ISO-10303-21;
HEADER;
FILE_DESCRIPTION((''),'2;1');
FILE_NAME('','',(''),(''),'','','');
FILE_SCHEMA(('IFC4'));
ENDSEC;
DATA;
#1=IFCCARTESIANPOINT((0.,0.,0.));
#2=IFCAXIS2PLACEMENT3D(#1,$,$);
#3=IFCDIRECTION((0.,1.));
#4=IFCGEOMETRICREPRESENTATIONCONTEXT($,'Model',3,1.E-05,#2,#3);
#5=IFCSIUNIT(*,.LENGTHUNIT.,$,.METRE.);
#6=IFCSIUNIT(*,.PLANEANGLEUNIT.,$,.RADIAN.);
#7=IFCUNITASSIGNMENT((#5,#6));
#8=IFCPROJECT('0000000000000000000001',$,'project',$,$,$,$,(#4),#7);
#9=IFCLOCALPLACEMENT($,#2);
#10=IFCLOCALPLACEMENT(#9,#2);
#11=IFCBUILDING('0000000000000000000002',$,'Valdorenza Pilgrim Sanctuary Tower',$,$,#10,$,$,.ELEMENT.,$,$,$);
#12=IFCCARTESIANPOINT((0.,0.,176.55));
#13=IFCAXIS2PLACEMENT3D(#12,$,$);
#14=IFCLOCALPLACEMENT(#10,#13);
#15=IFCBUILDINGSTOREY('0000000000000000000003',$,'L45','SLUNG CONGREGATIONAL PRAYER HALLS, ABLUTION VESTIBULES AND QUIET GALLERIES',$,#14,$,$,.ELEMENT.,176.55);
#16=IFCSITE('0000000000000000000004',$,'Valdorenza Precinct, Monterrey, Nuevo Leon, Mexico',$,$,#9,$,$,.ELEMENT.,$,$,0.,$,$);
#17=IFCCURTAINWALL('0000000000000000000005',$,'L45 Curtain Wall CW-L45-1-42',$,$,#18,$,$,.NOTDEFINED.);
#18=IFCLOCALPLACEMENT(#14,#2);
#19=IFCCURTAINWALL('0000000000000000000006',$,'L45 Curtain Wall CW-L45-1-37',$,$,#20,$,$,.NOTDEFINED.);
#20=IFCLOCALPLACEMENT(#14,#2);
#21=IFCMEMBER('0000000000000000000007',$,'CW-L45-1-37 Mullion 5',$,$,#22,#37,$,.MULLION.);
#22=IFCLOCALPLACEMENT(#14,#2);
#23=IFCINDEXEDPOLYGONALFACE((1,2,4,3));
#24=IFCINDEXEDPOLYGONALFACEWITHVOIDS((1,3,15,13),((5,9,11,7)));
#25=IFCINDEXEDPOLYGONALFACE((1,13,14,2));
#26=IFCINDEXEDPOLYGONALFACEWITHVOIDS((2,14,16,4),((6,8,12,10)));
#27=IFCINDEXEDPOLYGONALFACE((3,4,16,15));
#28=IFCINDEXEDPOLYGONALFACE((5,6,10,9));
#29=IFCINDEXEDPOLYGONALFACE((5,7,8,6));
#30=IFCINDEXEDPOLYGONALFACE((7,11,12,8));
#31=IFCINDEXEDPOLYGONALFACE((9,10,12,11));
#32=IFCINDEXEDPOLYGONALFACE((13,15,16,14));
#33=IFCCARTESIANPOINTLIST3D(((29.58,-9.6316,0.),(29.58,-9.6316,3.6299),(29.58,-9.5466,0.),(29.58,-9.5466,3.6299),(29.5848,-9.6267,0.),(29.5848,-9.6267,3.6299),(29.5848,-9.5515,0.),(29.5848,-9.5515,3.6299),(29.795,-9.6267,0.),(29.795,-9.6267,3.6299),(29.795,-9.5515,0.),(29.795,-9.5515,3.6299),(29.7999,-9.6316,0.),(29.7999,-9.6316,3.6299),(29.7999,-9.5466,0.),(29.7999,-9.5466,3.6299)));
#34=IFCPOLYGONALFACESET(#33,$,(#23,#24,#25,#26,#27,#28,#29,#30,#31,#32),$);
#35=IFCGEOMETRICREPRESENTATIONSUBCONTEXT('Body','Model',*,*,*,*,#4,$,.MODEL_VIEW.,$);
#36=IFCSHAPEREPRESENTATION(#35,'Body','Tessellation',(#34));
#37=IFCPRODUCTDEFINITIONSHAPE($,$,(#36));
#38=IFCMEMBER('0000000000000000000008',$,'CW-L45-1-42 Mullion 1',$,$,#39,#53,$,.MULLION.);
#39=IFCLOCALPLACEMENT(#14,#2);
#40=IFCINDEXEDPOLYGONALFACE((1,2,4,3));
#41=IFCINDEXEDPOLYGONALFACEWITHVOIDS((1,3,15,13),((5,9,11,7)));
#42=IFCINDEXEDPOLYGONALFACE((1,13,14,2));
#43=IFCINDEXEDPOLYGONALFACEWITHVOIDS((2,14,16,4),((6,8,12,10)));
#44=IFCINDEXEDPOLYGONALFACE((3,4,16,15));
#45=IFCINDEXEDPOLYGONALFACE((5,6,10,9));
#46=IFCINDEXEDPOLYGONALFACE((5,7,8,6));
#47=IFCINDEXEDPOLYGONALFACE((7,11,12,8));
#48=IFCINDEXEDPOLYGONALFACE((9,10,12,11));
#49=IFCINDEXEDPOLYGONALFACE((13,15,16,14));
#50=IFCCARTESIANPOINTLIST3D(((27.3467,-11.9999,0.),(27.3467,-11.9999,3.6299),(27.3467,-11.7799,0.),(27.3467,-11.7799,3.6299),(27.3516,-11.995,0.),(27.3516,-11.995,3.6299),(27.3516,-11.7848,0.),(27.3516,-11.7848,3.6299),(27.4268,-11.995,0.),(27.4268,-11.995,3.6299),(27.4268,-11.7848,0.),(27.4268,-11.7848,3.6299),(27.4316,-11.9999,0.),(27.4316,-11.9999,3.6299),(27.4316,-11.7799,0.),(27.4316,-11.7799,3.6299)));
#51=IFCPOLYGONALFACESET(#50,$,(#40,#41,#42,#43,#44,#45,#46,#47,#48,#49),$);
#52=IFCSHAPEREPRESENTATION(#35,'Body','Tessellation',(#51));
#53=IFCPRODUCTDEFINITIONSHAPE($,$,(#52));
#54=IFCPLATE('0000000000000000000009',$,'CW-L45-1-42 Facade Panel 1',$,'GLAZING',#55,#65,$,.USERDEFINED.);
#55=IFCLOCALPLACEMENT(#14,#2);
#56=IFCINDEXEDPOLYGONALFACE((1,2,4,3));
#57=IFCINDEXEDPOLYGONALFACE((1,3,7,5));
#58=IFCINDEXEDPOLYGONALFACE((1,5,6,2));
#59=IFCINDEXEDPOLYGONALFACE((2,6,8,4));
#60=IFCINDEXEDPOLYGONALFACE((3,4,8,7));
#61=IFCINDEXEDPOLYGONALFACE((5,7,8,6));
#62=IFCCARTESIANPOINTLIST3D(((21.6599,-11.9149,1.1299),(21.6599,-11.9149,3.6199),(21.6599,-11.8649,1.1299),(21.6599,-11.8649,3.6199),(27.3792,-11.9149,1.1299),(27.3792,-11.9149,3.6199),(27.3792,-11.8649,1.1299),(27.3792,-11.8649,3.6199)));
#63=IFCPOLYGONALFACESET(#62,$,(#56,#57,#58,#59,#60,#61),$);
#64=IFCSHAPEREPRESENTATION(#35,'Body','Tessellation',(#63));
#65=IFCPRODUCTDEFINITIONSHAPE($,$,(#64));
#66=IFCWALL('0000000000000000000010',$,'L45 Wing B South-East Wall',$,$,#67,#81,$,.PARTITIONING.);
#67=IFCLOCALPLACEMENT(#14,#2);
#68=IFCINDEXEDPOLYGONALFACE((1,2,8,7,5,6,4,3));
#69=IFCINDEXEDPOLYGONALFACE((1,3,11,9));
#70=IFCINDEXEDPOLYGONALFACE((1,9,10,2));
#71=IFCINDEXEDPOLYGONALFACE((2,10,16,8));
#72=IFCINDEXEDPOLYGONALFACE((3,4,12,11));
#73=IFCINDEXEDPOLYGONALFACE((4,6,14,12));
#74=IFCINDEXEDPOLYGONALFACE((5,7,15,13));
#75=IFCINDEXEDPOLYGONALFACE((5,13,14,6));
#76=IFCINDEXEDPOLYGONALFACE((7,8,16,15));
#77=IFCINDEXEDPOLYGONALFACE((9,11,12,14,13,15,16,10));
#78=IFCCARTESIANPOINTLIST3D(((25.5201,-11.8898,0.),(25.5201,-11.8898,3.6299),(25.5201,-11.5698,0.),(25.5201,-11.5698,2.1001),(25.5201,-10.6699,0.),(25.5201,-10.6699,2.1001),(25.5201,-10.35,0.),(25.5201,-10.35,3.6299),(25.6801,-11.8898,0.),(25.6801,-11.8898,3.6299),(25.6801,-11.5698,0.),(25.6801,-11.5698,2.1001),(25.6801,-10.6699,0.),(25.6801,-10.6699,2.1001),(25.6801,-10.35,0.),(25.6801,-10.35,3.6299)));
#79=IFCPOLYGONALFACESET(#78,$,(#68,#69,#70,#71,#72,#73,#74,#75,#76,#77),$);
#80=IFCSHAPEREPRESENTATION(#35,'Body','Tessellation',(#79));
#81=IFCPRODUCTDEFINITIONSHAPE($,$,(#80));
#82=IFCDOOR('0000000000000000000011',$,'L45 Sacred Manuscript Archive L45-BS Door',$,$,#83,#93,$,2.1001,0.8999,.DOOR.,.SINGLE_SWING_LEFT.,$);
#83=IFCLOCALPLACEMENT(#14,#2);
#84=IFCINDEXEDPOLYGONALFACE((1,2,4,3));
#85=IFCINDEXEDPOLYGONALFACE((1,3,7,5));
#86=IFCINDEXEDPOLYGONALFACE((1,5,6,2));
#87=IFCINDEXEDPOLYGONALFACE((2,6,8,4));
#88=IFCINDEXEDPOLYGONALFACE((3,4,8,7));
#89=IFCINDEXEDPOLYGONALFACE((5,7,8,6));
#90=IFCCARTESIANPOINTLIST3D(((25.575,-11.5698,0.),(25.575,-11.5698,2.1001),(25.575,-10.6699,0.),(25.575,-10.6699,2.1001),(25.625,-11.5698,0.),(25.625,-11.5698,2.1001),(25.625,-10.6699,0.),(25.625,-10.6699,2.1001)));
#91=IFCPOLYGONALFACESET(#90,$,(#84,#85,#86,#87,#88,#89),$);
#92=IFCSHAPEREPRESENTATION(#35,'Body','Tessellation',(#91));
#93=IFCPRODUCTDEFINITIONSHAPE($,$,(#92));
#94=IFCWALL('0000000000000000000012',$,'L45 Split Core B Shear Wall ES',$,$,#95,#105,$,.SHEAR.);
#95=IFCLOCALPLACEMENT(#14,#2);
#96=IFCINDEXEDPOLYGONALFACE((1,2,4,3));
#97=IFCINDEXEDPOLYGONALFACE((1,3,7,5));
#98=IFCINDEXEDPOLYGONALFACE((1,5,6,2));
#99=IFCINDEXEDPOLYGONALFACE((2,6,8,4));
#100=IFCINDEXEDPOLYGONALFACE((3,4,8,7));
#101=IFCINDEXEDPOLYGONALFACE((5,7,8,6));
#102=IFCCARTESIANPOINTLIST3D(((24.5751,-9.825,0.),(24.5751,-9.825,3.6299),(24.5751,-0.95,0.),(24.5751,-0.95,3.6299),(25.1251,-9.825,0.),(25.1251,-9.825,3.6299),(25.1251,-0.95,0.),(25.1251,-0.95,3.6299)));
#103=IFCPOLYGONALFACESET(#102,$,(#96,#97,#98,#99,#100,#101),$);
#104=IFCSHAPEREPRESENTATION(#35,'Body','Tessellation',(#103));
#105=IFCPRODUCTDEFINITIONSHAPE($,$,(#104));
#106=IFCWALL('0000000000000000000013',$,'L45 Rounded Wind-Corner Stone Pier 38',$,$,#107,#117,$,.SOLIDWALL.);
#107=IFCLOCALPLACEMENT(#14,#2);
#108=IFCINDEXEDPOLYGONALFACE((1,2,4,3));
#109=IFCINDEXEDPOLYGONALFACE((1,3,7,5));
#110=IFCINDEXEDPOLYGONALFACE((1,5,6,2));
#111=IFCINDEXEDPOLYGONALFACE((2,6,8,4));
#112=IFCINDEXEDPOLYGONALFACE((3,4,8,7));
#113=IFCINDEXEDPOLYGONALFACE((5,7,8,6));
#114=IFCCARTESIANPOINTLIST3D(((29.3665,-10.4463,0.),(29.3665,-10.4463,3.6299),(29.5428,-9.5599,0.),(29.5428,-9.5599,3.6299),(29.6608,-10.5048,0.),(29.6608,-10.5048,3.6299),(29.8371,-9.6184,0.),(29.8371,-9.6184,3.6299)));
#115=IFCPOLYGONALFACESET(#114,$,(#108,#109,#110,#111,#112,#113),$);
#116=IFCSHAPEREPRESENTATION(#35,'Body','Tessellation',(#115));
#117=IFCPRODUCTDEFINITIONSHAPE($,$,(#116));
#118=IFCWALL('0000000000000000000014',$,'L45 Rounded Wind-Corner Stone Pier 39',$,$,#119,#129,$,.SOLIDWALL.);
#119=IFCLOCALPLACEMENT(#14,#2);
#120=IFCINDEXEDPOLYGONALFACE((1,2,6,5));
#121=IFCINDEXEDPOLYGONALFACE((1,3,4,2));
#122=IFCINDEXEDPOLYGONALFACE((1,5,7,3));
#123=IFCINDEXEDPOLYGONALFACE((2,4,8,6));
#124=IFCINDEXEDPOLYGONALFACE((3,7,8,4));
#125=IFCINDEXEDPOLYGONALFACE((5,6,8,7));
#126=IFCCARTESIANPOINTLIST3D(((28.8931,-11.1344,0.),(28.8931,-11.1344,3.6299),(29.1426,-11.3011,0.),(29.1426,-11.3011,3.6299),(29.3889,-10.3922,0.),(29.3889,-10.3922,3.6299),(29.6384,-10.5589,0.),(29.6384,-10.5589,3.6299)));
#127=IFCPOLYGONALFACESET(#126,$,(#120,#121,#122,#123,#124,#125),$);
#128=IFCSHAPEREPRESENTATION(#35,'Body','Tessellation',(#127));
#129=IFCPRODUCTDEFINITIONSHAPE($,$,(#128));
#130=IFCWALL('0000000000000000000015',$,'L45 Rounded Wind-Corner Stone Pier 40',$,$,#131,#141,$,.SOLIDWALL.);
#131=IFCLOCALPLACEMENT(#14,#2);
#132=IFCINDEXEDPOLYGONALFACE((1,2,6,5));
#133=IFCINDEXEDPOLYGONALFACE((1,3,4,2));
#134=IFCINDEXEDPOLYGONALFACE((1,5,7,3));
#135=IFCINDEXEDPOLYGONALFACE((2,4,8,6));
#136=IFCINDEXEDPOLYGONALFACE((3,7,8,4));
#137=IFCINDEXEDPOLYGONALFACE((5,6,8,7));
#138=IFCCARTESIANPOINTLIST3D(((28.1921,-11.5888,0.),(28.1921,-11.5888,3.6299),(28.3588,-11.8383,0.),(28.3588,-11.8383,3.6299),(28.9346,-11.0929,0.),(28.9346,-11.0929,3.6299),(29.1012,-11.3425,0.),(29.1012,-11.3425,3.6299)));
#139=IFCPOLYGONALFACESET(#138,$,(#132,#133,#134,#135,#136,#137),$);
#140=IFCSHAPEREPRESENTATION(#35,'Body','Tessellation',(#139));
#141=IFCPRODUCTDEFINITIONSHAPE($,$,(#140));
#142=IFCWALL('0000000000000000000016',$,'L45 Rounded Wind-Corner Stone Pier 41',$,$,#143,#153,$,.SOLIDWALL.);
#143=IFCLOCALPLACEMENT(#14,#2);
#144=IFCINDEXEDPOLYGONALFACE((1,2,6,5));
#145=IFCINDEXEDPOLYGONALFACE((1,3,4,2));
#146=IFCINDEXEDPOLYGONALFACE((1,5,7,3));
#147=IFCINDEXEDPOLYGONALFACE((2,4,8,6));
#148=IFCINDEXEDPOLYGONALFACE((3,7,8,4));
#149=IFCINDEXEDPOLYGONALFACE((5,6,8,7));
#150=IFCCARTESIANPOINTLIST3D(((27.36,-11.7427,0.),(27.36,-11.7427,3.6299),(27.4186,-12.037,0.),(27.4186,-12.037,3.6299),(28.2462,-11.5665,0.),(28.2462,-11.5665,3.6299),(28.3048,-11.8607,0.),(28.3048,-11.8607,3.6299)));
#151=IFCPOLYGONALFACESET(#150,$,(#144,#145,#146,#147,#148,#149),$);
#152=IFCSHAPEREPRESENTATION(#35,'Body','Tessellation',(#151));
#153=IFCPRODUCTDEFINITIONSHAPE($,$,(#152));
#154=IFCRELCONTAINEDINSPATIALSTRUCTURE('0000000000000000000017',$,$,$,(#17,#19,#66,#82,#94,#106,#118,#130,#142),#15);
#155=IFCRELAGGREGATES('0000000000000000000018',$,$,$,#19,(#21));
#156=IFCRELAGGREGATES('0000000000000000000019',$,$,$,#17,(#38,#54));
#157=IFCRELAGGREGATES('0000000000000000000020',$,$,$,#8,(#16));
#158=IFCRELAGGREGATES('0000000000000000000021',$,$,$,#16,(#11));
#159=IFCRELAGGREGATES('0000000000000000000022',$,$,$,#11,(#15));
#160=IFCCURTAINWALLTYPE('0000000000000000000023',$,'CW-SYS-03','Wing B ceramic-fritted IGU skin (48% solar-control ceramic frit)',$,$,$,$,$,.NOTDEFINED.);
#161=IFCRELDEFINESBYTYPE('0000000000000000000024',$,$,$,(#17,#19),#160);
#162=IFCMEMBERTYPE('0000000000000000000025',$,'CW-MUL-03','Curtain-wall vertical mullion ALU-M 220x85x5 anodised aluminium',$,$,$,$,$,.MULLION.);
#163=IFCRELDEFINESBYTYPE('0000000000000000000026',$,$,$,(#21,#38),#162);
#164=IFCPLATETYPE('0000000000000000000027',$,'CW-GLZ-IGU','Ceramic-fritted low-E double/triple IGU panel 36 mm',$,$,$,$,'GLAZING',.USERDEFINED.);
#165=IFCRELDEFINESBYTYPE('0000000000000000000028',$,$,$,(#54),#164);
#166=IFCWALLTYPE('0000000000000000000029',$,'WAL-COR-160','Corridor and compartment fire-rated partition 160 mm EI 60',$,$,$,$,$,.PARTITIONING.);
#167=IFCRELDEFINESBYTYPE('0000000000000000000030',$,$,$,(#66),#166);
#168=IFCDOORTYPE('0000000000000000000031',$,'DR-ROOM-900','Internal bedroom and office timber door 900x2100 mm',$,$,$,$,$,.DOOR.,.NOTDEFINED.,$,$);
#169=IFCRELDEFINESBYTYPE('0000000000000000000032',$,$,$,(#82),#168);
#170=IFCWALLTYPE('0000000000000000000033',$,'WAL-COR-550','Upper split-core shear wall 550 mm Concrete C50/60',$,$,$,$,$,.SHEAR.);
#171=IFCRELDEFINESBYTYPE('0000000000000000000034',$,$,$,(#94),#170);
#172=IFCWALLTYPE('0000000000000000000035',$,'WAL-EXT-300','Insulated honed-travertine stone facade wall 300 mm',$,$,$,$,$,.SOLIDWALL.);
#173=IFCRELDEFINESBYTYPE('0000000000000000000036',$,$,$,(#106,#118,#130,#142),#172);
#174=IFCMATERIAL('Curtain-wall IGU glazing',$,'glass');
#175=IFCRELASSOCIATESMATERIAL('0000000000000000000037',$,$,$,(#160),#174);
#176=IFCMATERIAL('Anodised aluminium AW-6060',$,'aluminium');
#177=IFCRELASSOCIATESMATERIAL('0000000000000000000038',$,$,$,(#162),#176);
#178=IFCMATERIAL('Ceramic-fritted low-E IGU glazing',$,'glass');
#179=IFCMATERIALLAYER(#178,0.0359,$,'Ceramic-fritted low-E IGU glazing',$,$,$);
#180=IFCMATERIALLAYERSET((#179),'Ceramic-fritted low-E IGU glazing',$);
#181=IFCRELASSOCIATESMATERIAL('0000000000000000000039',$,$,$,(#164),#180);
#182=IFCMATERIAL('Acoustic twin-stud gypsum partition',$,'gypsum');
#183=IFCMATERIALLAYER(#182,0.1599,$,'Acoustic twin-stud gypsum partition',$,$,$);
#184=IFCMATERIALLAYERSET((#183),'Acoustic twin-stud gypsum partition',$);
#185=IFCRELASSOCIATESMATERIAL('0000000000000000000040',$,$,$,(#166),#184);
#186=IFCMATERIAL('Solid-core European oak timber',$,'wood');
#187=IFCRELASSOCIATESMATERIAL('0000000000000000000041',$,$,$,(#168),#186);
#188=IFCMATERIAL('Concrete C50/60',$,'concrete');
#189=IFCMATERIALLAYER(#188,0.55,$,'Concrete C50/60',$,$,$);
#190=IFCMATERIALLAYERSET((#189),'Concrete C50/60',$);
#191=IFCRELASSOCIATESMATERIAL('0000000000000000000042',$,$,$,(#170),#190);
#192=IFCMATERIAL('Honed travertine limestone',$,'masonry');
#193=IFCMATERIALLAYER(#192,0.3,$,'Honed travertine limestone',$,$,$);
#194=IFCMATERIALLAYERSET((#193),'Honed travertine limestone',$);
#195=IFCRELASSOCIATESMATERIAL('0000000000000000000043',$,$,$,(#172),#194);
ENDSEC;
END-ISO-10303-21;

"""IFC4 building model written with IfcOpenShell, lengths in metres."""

from ifc_helpers import new_model, si_unit, direction, frame, frame_2d, origin, origin_2d, place, context, subcontext, project, spatial, rectangle, hollow_rectangle, extrude, source, transform, mapped, material, layer, layer_set, material_profile, profile_set, type_object, element, fill, aggregate, save


model = new_model("IFC4")

# Units and contexts
model_context = context("Model", 3, precision=1e-05, world=origin(), true_north=direction((0.0, 1.0)))
body_context = subcontext(model_context, "Body", "Model", "MODEL_VIEW")
ifc_project = project(units=[si_unit("LENGTHUNIT", "METRE"), si_unit("PLANEANGLEUNIT", "RADIAN")], contexts=[model_context])

# Site, building, storey
site_placement = place(None, origin())
site = spatial("IfcSite", under=ifc_project, at=site_placement, Name="Valdorenza Precinct, Monterrey, Nuevo Leon, Mexico", CompositionType="ELEMENT", RefElevation=0.0)
building_placement = place(site_placement, origin())
building = spatial("IfcBuilding", under=site, at=building_placement, Name="Valdorenza Pilgrim Sanctuary Tower", CompositionType="ELEMENT")
storey_placement = place(building_placement, frame((0.0, 0.0, 176.55)))
storey = spatial("IfcBuildingStorey", under=building, at=storey_placement, Name="L45", Description="SLUNG CONGREGATIONAL PRAYER HALLS, ABLUTION VESTIBULES AND QUIET GALLERIES", CompositionType="ELEMENT", Elevation=176.55)

# Shared definitions
ifc_material_1 = material(Name="Concrete C50/60", Category="concrete")

# Curtain walls, member
ifc_material_2 = material(Name="Curtain-wall IGU glazing", Category="glass")
curtain_wall_type = type_object("IfcCurtainWallType", Name="CW-SYS-03", Description="Wing B ceramic-fritted IGU skin (48% solar-control ceramic frit)", PredefinedType="NOTDEFINED", material=ifc_material_2)
curtain_wall_1_placement = place(storey_placement, origin())
curtain_wall_1 = element("IfcCurtainWall", 1, at=curtain_wall_1_placement, inside=storey, type_object=curtain_wall_type, Name="L45 Curtain Wall CW-L45-1-42", PredefinedType="NOTDEFINED")
ifc_material_3 = material(Name="Anodised aluminium AW-6060", Category="aluminium")
curtain_wall_2_placement = place(storey_placement, origin())
curtain_wall_2 = element("IfcCurtainWall", 2, at=curtain_wall_2_placement, inside=storey, type_object=curtain_wall_type, Name="L45 Curtain Wall CW-L45-1-37", PredefinedType="NOTDEFINED")
ifc_material_profile_1 = material_profile(ifc_material_3, hollow_rectangle(XDim=0.085, YDim=0.22, WallThickness=0.0049, at=origin_2d()), Name="ALU-M 220x85x5")
ifc_profile_set_1 = profile_set([ifc_material_profile_1], Name="Anodised aluminium AW-6060")
member_type_1 = type_object("IfcMemberType", Name="CW-MUL-03", Description="Curtain-wall vertical mullion ALU-M 220x85x5 anodised aluminium", PredefinedType="MULLION", material=ifc_profile_set_1)
shared_shape_1 = source(origin(), body_context, "Body", "SweptSolid", [
    extrude(hollow_rectangle(XDim=0.085, YDim=0.22, WallThickness=0.0049, at=origin_2d()), origin(), (0.0, 0.0, 1.0), 3.6299),
])
member_1_placement = place(storey_placement, frame((29.6899, -9.5891, 0.0), z_axis=(0.0, 0.0, 1.0), x_axis=(0.0, -1.0, 0.0)))
member_1 = element("IfcMember", 3, at=member_1_placement, type_object=member_type_1, Name="CW-L45-1-37 Mullion 5", PredefinedType="MULLION", context=body_context, shape_type="MappedRepresentation", body=[
    mapped(shared_shape_1, transform((0.0, 0.0, 0.0), x_axis=(1.0, 0.0, 0.0), y_axis=(0.0, 1.0, 0.0), z_axis=(0.0, 0.0, 1.0), scale=1.0)),
])
aggregate(curtain_wall_2, [member_1])

# Member
member_2_placement = place(storey_placement, frame((27.3892, -11.8899, 0.0), z_axis=(0.0, 0.0, 1.0), x_axis=(-1.0, 0.0, 0.0)))
member_2 = element("IfcMember", 4, at=member_2_placement, type_object=member_type_1, Name="CW-L45-1-42 Mullion 1", PredefinedType="MULLION", context=body_context, shape_type="MappedRepresentation", body=[
    mapped(shared_shape_1, transform((0.0, 0.0, 0.0), x_axis=(1.0, 0.0, 0.0), y_axis=(0.0, 1.0, 0.0), z_axis=(0.0, 0.0, 1.0), scale=1.0)),
])

# Plate
ifc_material_4 = material(Name="Ceramic-fritted low-E IGU glazing", Category="glass")
ifc_layer_1 = layer(ifc_material_4, 0.0359, Name="Ceramic-fritted low-E IGU glazing")
ifc_layer_set_1 = layer_set([ifc_layer_1], Name="Ceramic-fritted low-E IGU glazing")
plate_type = type_object("IfcPlateType", Name="CW-GLZ-IGU", Description="Ceramic-fritted low-E double/triple IGU panel 36 mm", ElementType="GLAZING", PredefinedType="USERDEFINED", material=ifc_layer_set_1)
shared_shape_2 = source(origin(), body_context, "Body", "SweptSolid", [
    extrude(rectangle(XDim=5.7192, YDim=0.05, at=origin_2d()), origin(), (0.0, 0.0, 1.0), 2.49),
])
plate_placement = place(storey_placement, frame((24.5195, -11.8899, 1.1299), z_axis=(0.0, 0.0, 1.0), x_axis=(-1.0, 0.0, 0.0)))
plate = element("IfcPlate", 5, at=plate_placement, type_object=plate_type, Name="CW-L45-1-42 Facade Panel 1", ObjectType="GLAZING", PredefinedType="USERDEFINED", context=body_context, shape_type="MappedRepresentation", body=[
    mapped(shared_shape_2, transform((0.0, 0.0, 0.0), x_axis=(1.0, 0.0, 0.0), y_axis=(0.0, 1.0, 0.0), z_axis=(0.0, 0.0, 1.0), scale=1.0)),
])
aggregate(curtain_wall_1, [member_2, plate])

# Wall, opening, door
ifc_material_5 = material(Name="Acoustic twin-stud gypsum partition", Category="gypsum")
ifc_layer_2 = layer(ifc_material_5, 0.1599, Name="Acoustic twin-stud gypsum partition")
ifc_layer_set_2 = layer_set([ifc_layer_2], Name="Acoustic twin-stud gypsum partition")
wall_type_1 = type_object("IfcWallType", Name="WAL-COR-160", Description="Corridor and compartment fire-rated partition 160 mm EI 60", PredefinedType="PARTITIONING", material=ifc_layer_set_2)
wall_1_placement = place(storey_placement, frame((25.6001, -11.8899, 0.0), z_axis=(0.0, 0.0, 1.0), x_axis=(0.0, 1.0, 0.0)))
wall_1 = element("IfcWall", 6, at=wall_1_placement, inside=storey, type_object=wall_type_1, Name="L45 Wing B South-East Wall", PredefinedType="PARTITIONING", context=body_context, shape_type="SweptSolid", body=[
    extrude(rectangle(XDim=1.5398, YDim=0.1599, at=frame_2d((0.77, 0.0))), origin(), (0.0, 0.0, 1.0), 3.6299),
])
opening_1_placement = place(wall_1_placement, frame((0.3201, 0.0, 0.0)))
opening_1 = element("IfcOpeningElement", 7, at=opening_1_placement, cuts=wall_1, PredefinedType="OPENING", context=body_context, shape_type="SweptSolid", body=[
    extrude(rectangle(XDim=0.8999, YDim=2.1001, at=frame_2d((0.45, 1.05))), frame((0.0, 0.0947, 0.0), z_axis=(0.0, -1.0, 0.0), x_axis=(1.0, 0.0, 0.0)), (0.0, 0.0, 1.0), 0.1897),
])
ifc_material_6 = material(Name="Solid-core European oak timber", Category="wood")
door_type_1 = type_object("IfcDoorType", Name="DR-ROOM-900", Description="Internal bedroom and office timber door 900x2100 mm", OperationType="NOTDEFINED", PredefinedType="DOOR", material=ifc_material_6)
door_1_placement = place(opening_1_placement, frame((0.8999, 0.0, 0.0), z_axis=(0.0, 0.0, 1.0), x_axis=(-1.0, 0.0, 0.0)))
door_1 = element("IfcDoor", 8, at=door_1_placement, inside=storey, type_object=door_type_1, Name="L45 Sacred Manuscript Archive L45-BS Door", OperationType="SINGLE_SWING_LEFT", OverallHeight=2.1001, OverallWidth=0.8999, PredefinedType="DOOR", context=body_context, shape_type="SweptSolid", body=[
    extrude(rectangle(XDim=0.8999, YDim=2.1001, at=frame_2d((0.45, 1.05))), frame((0.0, 0.0249, 0.0), z_axis=(0.0, -1.0, 0.0), x_axis=(1.0, 0.0, 0.0)), (0.0, 0.0, 1.0), 0.05),
])
fill(opening_1, door_1)

# Walls
ifc_layer_3 = layer(ifc_material_1, 0.55, Name="Concrete C50/60")
ifc_layer_set_3 = layer_set([ifc_layer_3], Name="Concrete C50/60")
wall_type_2 = type_object("IfcWallType", Name="WAL-COR-550", Description="Upper split-core shear wall 550 mm Concrete C50/60", PredefinedType="SHEAR", material=ifc_layer_set_3)
wall_2_placement = place(storey_placement, frame((24.8501, -9.825, 0.0), z_axis=(0.0, 0.0, 1.0), x_axis=(0.0, 1.0, 0.0)))
element("IfcWall", 9, at=wall_2_placement, inside=storey, type_object=wall_type_2, Name="L45 Split Core B Shear Wall ES", PredefinedType="SHEAR", context=body_context, shape_type="SweptSolid", body=[
    extrude(rectangle(XDim=8.875, YDim=0.55, at=frame_2d((4.4375, 0.0))), origin(), (0.0, 0.0, 1.0), 3.6299),
])
ifc_material_7 = material(Name="Honed travertine limestone", Category="masonry")
ifc_layer_4 = layer(ifc_material_7, 0.3, Name="Honed travertine limestone")
ifc_layer_set_4 = layer_set([ifc_layer_4], Name="Honed travertine limestone")
wall_type_3 = type_object("IfcWallType", Name="WAL-EXT-300", Description="Insulated honed-travertine stone facade wall 300 mm", PredefinedType="SOLIDWALL", material=ifc_layer_set_4)
wall_3_placement = place(storey_placement, frame((29.6899, -9.5891, 0.0), z_axis=(0.0, 0.0, 1.0), x_axis=(-0.195025, -0.980798, 0.0)))
element("IfcWall", 10, at=wall_3_placement, inside=storey, type_object=wall_type_3, Name="L45 Rounded Wind-Corner Stone Pier 38", PredefinedType="SOLIDWALL", context=body_context, shape_type="SweptSolid", body=[
    extrude(rectangle(XDim=0.9038, YDim=0.3, at=frame_2d((0.4519, 0.0))), origin(), (0.0, 0.0, 1.0), 3.6299),
])
wall_4_placement = place(storey_placement, frame((29.5137, -10.4756, 0.0), z_axis=(0.0, 0.0, 1.0), x_axis=(-0.55552, -0.831503, 0.0)))
element("IfcWall", 11, at=wall_4_placement, inside=storey, type_object=wall_type_3, Name="L45 Rounded Wind-Corner Stone Pier 39", PredefinedType="SOLIDWALL", context=body_context, shape_type="SweptSolid", body=[
    extrude(rectangle(XDim=0.8926, YDim=0.3, at=frame_2d((0.4463, 0.0))), origin(), (0.0, 0.0, 1.0), 3.6299),
])
wall_5_placement = place(storey_placement, frame((29.0178, -11.2178, 0.0), z_axis=(0.0, 0.0, 1.0), x_axis=(-0.831587, -0.555394, 0.0)))
element("IfcWall", 12, at=wall_5_placement, inside=storey, type_object=wall_type_3, Name="L45 Rounded Wind-Corner Stone Pier 40", PredefinedType="SOLIDWALL", context=body_context, shape_type="SweptSolid", body=[
    extrude(rectangle(XDim=0.8928, YDim=0.3, at=frame_2d((0.4463, 0.0))), origin(), (0.0, 0.0, 1.0), 3.6299),
])
wall_6_placement = place(storey_placement, frame((28.2754, -11.7136, 0.0), z_axis=(0.0, 0.0, 1.0), x_axis=(-0.980788, -0.195077, 0.0)))
element("IfcWall", 13, at=wall_6_placement, inside=storey, type_object=wall_type_3, Name="L45 Rounded Wind-Corner Stone Pier 41", PredefinedType="SOLIDWALL", context=body_context, shape_type="SweptSolid", body=[
    extrude(rectangle(XDim=0.9036, YDim=0.3, at=frame_2d((0.4517, 0.0))), origin(), (0.0, 0.0, 1.0), 3.6299),
])

save(model, "model.ifc")
